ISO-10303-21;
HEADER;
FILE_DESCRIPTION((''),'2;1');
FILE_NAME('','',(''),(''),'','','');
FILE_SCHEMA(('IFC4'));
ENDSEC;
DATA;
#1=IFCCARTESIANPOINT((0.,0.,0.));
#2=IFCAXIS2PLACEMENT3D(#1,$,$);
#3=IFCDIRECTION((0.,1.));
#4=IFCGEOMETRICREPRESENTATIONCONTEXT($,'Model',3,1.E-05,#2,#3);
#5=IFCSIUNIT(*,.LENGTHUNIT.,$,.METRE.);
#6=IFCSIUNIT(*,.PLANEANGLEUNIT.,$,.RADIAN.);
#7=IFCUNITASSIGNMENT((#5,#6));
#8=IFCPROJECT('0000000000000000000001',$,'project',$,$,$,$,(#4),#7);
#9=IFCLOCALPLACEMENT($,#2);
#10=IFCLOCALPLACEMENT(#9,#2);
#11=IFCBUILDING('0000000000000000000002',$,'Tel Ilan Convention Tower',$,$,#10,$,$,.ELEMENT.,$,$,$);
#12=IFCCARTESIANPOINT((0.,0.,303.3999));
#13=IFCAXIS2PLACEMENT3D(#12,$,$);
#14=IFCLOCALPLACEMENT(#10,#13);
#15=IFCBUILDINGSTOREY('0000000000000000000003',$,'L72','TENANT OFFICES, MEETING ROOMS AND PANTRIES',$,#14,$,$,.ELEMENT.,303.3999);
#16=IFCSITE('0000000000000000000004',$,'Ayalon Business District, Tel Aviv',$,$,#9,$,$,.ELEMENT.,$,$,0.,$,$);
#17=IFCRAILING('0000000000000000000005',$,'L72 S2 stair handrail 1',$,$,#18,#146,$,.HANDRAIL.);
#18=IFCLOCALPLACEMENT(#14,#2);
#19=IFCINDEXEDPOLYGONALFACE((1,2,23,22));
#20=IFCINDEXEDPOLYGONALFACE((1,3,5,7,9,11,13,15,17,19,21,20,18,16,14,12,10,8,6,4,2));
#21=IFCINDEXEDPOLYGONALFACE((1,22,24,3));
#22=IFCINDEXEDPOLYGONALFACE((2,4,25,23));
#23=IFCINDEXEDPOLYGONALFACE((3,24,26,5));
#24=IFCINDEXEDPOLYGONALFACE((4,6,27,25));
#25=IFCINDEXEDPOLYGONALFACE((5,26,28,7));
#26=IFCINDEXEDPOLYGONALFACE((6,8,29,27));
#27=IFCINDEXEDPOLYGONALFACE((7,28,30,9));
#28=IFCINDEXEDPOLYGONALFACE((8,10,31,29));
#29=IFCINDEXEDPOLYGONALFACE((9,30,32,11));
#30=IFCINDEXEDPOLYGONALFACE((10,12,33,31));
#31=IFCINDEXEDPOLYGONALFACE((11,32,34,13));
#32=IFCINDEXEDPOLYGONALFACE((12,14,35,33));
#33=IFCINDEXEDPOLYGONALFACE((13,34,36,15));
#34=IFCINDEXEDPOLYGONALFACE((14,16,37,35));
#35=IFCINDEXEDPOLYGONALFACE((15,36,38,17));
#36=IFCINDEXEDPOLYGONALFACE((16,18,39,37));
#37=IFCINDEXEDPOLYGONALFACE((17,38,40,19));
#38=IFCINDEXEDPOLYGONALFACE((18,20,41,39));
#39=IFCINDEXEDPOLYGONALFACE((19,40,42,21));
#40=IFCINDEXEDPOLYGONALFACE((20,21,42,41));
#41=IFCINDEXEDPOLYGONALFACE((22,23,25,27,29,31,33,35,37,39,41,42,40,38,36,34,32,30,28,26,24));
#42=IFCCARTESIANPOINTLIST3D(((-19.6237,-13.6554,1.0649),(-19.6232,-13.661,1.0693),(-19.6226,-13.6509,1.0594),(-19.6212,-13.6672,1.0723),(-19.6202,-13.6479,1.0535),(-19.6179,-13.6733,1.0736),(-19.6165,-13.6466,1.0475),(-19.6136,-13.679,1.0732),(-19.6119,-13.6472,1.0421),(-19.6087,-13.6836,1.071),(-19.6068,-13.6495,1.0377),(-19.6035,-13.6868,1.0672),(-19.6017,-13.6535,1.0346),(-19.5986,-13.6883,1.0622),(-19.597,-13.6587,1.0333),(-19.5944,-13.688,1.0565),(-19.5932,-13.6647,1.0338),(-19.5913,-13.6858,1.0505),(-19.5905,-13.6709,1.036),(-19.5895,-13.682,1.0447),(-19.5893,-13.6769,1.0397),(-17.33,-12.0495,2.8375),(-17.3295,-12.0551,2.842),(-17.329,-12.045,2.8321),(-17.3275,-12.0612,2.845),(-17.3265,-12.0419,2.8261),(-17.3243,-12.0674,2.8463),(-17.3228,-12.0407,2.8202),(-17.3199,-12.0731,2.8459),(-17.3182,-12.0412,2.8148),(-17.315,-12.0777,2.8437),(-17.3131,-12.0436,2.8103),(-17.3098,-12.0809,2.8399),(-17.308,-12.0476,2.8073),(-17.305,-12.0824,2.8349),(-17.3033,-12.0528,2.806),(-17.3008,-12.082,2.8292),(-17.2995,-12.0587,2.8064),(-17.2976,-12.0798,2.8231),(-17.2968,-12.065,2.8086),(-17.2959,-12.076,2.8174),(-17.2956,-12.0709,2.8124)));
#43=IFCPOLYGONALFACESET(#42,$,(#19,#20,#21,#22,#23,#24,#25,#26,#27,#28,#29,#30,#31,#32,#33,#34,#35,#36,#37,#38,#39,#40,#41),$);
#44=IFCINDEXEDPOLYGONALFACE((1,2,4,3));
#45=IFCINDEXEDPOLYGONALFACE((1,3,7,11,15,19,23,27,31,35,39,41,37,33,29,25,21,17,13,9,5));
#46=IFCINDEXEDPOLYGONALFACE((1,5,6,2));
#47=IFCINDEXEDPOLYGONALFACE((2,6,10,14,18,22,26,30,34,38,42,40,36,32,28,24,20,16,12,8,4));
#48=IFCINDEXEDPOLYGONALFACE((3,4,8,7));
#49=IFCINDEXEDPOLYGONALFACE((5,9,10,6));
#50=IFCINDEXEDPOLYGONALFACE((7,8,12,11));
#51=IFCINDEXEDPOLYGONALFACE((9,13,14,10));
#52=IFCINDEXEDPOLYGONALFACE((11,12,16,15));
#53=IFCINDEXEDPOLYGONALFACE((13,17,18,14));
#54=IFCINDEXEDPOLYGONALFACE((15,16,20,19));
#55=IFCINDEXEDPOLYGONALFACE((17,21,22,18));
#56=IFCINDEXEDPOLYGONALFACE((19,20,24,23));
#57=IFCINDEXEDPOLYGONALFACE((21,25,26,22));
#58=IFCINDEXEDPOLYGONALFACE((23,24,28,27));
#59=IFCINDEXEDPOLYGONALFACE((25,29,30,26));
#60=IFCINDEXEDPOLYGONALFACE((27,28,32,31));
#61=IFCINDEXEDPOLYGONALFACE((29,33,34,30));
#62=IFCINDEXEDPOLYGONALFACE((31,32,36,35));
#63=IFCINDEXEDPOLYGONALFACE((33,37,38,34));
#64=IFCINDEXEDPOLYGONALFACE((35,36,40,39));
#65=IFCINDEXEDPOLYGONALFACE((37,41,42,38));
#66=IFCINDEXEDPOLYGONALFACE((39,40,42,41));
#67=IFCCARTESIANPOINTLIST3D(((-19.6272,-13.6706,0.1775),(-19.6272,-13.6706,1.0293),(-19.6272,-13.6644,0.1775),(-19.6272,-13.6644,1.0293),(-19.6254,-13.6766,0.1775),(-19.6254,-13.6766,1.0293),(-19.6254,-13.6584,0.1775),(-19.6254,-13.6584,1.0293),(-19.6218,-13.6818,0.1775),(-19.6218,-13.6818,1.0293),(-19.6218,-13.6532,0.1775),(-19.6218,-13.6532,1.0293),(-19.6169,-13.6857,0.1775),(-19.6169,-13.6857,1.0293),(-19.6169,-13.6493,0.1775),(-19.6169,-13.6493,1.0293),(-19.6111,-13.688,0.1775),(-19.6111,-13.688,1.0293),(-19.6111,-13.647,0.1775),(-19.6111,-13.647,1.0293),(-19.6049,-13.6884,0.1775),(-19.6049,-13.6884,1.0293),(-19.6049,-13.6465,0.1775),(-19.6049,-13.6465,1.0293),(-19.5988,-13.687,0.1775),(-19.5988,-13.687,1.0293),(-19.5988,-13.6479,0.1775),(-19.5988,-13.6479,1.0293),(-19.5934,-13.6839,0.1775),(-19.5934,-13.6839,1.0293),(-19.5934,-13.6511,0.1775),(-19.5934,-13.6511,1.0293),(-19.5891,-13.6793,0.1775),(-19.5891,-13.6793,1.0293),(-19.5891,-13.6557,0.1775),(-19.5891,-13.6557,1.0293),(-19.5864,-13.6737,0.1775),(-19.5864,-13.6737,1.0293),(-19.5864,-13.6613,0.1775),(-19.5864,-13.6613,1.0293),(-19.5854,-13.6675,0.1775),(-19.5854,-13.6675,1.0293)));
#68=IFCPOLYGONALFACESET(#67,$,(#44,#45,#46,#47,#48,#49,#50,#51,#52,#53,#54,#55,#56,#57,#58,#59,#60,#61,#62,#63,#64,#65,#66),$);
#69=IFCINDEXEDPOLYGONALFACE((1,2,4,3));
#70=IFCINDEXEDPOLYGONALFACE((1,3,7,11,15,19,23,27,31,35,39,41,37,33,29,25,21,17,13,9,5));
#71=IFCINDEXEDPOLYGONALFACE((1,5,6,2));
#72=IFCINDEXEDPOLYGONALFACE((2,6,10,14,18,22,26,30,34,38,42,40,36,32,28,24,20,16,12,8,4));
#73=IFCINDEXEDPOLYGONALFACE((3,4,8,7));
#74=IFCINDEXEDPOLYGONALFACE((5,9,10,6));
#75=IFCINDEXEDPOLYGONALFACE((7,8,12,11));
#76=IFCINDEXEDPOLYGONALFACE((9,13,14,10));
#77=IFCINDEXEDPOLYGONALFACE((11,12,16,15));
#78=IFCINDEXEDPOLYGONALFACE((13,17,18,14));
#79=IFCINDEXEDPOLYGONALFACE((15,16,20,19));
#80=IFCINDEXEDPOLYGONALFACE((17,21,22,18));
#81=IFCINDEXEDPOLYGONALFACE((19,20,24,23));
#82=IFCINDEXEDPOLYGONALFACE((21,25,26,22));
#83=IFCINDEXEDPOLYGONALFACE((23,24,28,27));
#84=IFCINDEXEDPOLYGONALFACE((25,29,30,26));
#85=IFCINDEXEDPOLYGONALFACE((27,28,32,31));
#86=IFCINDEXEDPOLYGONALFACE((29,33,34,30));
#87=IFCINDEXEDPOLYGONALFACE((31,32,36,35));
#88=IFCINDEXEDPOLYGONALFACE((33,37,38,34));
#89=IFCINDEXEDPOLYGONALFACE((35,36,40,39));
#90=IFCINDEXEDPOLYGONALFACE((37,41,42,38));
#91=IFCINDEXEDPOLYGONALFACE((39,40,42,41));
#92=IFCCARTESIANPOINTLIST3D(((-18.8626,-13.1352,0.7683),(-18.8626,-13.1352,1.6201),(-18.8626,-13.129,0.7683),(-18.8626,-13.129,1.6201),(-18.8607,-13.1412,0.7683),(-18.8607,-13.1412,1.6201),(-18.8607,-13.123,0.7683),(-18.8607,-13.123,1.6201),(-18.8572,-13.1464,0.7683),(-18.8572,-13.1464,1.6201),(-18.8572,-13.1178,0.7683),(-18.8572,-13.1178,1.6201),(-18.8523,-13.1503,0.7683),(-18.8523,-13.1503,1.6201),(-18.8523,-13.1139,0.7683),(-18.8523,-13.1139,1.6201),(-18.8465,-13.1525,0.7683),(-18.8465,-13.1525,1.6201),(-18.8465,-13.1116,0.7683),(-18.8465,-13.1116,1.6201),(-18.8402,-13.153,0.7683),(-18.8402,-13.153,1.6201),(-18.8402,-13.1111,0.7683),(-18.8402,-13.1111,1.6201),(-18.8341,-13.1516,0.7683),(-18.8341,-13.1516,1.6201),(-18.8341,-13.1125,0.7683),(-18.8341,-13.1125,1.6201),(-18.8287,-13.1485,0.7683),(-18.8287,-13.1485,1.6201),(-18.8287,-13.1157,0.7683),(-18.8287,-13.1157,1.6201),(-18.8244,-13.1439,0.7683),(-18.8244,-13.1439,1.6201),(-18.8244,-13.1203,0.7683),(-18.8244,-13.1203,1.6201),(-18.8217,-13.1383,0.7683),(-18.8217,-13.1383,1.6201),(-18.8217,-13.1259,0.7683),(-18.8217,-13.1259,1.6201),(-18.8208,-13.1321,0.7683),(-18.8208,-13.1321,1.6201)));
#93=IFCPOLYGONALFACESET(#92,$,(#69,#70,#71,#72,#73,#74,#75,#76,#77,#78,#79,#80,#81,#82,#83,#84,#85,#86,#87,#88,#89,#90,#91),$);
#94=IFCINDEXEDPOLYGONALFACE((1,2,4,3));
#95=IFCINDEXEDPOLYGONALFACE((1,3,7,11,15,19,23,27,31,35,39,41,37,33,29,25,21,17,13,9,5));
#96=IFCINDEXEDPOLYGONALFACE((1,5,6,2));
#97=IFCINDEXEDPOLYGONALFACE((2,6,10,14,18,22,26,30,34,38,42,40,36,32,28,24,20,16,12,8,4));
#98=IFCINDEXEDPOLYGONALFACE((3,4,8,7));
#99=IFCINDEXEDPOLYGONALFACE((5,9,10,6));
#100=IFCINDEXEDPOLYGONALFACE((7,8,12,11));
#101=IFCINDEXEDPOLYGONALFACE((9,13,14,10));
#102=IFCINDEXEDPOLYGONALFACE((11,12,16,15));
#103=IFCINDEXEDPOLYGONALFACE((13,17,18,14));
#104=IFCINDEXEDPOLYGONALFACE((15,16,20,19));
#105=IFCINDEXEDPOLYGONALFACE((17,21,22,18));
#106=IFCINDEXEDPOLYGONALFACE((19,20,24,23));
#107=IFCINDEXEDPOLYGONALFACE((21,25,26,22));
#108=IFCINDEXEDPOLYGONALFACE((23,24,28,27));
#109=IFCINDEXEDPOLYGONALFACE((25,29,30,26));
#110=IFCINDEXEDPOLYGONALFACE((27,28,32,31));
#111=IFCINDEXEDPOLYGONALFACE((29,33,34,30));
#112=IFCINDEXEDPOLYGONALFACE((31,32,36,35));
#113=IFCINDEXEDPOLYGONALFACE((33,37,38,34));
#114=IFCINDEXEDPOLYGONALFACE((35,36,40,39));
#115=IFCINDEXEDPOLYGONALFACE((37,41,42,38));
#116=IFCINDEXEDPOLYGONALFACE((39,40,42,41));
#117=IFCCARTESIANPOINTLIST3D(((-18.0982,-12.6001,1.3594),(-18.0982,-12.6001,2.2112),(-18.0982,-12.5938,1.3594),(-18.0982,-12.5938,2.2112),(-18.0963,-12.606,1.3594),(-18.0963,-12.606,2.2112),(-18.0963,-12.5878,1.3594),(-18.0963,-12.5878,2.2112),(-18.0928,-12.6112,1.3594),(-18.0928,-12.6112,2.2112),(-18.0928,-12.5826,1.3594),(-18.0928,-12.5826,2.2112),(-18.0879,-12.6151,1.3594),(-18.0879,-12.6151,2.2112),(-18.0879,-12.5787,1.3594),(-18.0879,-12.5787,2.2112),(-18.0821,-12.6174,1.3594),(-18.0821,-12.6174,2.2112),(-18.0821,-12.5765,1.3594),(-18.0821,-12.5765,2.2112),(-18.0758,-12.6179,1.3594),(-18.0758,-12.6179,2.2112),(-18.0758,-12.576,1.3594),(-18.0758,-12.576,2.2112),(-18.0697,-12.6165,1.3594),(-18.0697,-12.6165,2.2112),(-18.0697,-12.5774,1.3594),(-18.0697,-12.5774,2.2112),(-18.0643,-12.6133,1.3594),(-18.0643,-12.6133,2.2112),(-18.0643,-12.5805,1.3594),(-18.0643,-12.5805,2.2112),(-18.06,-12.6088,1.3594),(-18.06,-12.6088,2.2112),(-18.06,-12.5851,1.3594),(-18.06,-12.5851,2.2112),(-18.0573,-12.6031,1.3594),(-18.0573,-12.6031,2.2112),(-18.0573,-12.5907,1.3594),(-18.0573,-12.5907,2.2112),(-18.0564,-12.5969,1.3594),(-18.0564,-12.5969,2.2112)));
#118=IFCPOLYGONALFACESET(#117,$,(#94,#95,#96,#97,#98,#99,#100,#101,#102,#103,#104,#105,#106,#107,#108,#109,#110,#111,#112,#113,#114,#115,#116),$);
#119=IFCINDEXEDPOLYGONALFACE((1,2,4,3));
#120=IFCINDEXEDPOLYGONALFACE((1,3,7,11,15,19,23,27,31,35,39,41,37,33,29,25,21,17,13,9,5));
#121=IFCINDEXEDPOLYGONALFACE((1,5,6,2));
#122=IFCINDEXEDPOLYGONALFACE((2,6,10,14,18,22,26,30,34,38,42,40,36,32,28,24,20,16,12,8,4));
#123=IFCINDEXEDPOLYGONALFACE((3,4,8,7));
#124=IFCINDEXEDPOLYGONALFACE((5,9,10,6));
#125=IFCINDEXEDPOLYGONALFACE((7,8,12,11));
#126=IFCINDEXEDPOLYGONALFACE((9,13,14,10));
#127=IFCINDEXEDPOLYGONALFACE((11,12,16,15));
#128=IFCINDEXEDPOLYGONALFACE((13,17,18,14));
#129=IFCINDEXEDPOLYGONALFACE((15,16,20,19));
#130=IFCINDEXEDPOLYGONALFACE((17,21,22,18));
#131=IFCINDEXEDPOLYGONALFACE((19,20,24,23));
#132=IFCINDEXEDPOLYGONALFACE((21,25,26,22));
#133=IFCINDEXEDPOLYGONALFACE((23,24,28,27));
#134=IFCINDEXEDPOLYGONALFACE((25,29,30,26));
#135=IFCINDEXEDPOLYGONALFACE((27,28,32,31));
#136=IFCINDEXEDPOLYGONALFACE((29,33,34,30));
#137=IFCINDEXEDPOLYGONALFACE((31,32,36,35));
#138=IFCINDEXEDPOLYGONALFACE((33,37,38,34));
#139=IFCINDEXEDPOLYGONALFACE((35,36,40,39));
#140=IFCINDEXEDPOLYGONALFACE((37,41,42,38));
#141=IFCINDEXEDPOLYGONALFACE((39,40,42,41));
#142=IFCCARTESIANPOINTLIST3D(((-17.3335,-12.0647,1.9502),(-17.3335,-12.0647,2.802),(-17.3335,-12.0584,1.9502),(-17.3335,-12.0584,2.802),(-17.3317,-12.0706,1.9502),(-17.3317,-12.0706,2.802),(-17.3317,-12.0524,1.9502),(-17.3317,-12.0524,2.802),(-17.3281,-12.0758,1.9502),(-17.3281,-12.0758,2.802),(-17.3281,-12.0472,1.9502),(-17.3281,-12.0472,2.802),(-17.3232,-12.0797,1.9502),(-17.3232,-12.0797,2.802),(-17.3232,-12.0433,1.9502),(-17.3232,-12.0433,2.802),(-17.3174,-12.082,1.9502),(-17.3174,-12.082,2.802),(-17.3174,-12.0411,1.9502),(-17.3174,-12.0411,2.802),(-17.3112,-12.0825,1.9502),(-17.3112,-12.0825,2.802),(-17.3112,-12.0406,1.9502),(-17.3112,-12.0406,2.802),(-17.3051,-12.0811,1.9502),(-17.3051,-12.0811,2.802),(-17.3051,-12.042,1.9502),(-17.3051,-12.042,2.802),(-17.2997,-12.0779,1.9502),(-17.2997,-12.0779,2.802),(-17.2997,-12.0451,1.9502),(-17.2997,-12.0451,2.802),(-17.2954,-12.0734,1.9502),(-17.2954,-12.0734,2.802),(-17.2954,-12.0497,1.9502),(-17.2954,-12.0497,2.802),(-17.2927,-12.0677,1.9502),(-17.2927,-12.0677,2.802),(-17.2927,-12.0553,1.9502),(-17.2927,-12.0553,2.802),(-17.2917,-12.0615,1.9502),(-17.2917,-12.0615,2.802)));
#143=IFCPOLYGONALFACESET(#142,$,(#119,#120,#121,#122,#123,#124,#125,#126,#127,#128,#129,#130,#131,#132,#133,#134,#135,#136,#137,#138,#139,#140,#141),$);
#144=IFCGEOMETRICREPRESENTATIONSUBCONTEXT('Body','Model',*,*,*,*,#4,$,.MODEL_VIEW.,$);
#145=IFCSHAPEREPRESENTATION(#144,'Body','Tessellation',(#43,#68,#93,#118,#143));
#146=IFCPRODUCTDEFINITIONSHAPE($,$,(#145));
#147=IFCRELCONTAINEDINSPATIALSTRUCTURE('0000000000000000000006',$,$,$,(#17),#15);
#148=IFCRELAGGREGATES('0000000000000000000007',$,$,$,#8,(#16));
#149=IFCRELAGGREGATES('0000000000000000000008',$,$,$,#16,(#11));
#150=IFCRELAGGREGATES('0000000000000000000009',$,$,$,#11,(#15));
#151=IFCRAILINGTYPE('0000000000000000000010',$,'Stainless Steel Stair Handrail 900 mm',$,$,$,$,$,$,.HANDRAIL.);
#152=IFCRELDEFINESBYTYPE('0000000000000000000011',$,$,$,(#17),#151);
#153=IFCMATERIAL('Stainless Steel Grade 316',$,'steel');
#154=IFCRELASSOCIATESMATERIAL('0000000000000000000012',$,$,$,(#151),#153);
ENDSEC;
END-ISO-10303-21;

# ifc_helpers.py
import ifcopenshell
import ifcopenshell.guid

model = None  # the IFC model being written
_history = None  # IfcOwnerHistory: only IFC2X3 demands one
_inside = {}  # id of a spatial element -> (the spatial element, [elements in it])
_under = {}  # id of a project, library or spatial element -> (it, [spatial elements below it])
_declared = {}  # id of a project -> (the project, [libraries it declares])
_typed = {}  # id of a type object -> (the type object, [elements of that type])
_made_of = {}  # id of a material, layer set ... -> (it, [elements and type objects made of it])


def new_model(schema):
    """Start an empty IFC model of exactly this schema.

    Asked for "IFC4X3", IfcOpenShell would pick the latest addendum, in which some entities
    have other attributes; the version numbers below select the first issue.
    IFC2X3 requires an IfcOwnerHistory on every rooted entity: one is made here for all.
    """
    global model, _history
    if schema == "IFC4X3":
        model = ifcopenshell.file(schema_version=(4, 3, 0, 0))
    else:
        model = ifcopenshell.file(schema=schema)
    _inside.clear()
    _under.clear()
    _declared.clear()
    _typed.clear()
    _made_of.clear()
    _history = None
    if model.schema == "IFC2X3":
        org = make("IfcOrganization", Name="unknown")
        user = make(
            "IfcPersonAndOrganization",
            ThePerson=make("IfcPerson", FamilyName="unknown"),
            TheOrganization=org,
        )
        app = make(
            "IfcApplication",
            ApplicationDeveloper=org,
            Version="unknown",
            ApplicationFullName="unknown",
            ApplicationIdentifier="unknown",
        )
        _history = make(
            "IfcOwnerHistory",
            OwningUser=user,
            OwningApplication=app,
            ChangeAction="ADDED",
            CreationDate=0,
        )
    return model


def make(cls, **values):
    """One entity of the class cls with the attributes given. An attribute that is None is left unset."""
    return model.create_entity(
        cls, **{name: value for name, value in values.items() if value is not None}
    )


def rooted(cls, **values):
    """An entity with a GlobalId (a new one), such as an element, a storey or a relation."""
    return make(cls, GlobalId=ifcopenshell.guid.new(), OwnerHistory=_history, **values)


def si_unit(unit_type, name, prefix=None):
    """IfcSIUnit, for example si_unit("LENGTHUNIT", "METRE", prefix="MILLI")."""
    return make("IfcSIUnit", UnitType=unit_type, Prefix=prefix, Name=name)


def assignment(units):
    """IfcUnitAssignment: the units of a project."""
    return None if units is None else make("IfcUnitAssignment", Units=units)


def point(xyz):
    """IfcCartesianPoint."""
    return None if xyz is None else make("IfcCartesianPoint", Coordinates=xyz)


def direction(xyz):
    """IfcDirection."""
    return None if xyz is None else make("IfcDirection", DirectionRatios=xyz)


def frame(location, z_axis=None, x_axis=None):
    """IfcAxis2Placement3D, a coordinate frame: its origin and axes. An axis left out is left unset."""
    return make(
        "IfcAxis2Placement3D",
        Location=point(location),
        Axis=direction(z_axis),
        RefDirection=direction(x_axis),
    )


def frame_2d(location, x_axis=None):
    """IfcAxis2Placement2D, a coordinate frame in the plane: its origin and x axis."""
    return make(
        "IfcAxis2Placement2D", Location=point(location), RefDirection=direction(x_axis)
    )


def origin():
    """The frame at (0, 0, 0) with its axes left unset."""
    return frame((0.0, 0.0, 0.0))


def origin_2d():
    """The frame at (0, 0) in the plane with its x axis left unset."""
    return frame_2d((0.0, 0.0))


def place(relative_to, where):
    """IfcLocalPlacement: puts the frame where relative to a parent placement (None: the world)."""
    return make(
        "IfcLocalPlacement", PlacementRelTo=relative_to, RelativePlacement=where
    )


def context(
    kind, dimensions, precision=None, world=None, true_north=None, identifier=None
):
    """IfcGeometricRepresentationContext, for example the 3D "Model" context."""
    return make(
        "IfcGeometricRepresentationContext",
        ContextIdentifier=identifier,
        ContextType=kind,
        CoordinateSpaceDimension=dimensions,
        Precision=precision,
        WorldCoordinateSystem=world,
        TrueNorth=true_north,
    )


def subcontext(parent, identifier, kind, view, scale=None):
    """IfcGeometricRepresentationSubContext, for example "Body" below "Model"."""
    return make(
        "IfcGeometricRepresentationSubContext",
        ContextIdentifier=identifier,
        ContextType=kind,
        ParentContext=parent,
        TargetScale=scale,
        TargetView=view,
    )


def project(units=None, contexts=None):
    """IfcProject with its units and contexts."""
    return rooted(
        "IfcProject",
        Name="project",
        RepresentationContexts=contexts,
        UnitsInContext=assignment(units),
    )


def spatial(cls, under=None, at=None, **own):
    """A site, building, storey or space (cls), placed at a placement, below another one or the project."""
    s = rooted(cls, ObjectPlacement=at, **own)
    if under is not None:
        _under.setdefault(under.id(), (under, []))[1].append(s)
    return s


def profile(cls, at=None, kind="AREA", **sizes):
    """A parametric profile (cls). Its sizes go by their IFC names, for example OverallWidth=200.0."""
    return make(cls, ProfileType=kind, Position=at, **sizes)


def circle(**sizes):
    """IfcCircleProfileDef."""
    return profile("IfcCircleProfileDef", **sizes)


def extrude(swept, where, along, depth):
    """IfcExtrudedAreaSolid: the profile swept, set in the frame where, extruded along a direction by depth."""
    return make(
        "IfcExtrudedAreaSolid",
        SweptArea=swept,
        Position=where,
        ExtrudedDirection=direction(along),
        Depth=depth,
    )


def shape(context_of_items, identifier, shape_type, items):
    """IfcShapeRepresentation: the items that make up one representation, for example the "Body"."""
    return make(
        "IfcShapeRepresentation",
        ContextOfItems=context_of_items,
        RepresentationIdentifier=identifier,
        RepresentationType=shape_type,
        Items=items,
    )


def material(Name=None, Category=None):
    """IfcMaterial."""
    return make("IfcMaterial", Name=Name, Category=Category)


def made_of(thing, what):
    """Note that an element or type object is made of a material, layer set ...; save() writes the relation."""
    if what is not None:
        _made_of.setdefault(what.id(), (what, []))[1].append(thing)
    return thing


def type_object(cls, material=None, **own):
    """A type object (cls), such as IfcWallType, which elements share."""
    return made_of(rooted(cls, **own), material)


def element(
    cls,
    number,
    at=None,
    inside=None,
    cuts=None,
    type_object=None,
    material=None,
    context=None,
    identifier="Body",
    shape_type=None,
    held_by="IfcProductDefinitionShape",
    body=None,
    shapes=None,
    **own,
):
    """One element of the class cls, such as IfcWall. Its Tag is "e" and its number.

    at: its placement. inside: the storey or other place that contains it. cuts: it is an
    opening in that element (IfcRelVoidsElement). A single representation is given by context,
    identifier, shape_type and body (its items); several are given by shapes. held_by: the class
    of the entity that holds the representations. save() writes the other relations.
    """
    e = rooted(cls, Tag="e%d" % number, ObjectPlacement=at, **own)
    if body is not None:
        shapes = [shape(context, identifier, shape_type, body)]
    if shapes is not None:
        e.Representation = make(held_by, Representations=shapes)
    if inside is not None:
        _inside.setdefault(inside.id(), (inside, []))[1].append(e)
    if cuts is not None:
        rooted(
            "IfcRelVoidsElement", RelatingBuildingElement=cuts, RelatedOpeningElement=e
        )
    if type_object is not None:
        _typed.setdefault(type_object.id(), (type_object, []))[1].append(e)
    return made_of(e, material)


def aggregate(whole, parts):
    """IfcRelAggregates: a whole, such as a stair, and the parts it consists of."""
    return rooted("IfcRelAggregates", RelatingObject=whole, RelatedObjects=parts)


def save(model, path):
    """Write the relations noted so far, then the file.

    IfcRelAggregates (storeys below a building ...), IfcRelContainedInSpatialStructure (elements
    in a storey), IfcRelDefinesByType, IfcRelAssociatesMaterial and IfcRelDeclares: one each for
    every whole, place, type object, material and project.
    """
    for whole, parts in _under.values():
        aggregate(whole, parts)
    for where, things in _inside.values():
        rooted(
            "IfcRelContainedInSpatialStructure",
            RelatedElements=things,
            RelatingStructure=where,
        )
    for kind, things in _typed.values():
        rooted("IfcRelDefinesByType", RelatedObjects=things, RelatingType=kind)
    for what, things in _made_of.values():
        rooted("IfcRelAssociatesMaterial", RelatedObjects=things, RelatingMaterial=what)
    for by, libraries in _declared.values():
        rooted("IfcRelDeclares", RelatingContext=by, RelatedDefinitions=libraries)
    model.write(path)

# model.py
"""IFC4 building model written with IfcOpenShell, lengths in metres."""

from ifc_helpers import new_model, si_unit, direction, frame, origin, origin_2d, place, context, subcontext, project, spatial, circle, extrude, material, type_object, element, save


model = new_model("IFC4")

# Units and contexts
model_context = context("Model", 3, precision=1e-05, world=origin(), true_north=direction((0.0, 1.0)))
body_context = subcontext(model_context, "Body", "Model", "MODEL_VIEW")
ifc_project = project(units=[si_unit("LENGTHUNIT", "METRE"), si_unit("PLANEANGLEUNIT", "RADIAN")], contexts=[model_context])

# Site, building, storey
site_placement = place(None, origin())
site = spatial("IfcSite", under=ifc_project, at=site_placement, Name="Ayalon Business District, Tel Aviv", CompositionType="ELEMENT", RefElevation=0.0)
building_placement = place(site_placement, origin())
building = spatial("IfcBuilding", under=site, at=building_placement, Name="Tel Ilan Convention Tower", CompositionType="ELEMENT")
storey_placement = place(building_placement, frame((0.0, 0.0, 303.3999)))
storey = spatial("IfcBuildingStorey", under=building, at=storey_placement, Name="L72", Description="TENANT OFFICES, MEETING ROOMS AND PANTRIES", CompositionType="ELEMENT", Elevation=303.3999)

# Railing
ifc_material_1 = material(Name="Stainless Steel Grade 316", Category="steel")
railing_type = type_object("IfcRailingType", Name="Stainless Steel Stair Handrail 900 mm", PredefinedType="HANDRAIL", material=ifc_material_1)
railing_placement = place(storey_placement, frame((-19.6064, -13.6675, 0.1775)))
element("IfcRailing", 1, at=railing_placement, inside=storey, type_object=railing_type, Name="L72 S2 stair handrail 1", PredefinedType="HANDRAIL", context=body_context, shape_type="SweptSolid", body=[
    extrude(circle(Radius=0.0239, at=origin_2d()), frame((0.0, 0.0, 0.876), z_axis=(0.692123, 0.484597, 0.534913), x_axis=(-0.57355, 0.81917, 0.0)), (0.0, 0.0, 1.0), 3.314),
    extrude(circle(Radius=0.021, at=origin_2d()), origin(), (0.0, 0.0, 1.0), 0.8518),
    extrude(circle(Radius=0.021, at=origin_2d()), frame((0.7646, 0.5354, 0.5908)), (0.0, 0.0, 1.0), 0.8518),
    extrude(circle(Radius=0.021, at=origin_2d()), frame((1.5291, 1.0706, 1.1819)), (0.0, 0.0, 1.0), 0.8518),
    extrude(circle(Radius=0.021, at=origin_2d()), frame((2.2937, 1.606, 1.7727)), (0.0, 0.0, 1.0), 0.8518),
])

save(model, "model.ifc")
